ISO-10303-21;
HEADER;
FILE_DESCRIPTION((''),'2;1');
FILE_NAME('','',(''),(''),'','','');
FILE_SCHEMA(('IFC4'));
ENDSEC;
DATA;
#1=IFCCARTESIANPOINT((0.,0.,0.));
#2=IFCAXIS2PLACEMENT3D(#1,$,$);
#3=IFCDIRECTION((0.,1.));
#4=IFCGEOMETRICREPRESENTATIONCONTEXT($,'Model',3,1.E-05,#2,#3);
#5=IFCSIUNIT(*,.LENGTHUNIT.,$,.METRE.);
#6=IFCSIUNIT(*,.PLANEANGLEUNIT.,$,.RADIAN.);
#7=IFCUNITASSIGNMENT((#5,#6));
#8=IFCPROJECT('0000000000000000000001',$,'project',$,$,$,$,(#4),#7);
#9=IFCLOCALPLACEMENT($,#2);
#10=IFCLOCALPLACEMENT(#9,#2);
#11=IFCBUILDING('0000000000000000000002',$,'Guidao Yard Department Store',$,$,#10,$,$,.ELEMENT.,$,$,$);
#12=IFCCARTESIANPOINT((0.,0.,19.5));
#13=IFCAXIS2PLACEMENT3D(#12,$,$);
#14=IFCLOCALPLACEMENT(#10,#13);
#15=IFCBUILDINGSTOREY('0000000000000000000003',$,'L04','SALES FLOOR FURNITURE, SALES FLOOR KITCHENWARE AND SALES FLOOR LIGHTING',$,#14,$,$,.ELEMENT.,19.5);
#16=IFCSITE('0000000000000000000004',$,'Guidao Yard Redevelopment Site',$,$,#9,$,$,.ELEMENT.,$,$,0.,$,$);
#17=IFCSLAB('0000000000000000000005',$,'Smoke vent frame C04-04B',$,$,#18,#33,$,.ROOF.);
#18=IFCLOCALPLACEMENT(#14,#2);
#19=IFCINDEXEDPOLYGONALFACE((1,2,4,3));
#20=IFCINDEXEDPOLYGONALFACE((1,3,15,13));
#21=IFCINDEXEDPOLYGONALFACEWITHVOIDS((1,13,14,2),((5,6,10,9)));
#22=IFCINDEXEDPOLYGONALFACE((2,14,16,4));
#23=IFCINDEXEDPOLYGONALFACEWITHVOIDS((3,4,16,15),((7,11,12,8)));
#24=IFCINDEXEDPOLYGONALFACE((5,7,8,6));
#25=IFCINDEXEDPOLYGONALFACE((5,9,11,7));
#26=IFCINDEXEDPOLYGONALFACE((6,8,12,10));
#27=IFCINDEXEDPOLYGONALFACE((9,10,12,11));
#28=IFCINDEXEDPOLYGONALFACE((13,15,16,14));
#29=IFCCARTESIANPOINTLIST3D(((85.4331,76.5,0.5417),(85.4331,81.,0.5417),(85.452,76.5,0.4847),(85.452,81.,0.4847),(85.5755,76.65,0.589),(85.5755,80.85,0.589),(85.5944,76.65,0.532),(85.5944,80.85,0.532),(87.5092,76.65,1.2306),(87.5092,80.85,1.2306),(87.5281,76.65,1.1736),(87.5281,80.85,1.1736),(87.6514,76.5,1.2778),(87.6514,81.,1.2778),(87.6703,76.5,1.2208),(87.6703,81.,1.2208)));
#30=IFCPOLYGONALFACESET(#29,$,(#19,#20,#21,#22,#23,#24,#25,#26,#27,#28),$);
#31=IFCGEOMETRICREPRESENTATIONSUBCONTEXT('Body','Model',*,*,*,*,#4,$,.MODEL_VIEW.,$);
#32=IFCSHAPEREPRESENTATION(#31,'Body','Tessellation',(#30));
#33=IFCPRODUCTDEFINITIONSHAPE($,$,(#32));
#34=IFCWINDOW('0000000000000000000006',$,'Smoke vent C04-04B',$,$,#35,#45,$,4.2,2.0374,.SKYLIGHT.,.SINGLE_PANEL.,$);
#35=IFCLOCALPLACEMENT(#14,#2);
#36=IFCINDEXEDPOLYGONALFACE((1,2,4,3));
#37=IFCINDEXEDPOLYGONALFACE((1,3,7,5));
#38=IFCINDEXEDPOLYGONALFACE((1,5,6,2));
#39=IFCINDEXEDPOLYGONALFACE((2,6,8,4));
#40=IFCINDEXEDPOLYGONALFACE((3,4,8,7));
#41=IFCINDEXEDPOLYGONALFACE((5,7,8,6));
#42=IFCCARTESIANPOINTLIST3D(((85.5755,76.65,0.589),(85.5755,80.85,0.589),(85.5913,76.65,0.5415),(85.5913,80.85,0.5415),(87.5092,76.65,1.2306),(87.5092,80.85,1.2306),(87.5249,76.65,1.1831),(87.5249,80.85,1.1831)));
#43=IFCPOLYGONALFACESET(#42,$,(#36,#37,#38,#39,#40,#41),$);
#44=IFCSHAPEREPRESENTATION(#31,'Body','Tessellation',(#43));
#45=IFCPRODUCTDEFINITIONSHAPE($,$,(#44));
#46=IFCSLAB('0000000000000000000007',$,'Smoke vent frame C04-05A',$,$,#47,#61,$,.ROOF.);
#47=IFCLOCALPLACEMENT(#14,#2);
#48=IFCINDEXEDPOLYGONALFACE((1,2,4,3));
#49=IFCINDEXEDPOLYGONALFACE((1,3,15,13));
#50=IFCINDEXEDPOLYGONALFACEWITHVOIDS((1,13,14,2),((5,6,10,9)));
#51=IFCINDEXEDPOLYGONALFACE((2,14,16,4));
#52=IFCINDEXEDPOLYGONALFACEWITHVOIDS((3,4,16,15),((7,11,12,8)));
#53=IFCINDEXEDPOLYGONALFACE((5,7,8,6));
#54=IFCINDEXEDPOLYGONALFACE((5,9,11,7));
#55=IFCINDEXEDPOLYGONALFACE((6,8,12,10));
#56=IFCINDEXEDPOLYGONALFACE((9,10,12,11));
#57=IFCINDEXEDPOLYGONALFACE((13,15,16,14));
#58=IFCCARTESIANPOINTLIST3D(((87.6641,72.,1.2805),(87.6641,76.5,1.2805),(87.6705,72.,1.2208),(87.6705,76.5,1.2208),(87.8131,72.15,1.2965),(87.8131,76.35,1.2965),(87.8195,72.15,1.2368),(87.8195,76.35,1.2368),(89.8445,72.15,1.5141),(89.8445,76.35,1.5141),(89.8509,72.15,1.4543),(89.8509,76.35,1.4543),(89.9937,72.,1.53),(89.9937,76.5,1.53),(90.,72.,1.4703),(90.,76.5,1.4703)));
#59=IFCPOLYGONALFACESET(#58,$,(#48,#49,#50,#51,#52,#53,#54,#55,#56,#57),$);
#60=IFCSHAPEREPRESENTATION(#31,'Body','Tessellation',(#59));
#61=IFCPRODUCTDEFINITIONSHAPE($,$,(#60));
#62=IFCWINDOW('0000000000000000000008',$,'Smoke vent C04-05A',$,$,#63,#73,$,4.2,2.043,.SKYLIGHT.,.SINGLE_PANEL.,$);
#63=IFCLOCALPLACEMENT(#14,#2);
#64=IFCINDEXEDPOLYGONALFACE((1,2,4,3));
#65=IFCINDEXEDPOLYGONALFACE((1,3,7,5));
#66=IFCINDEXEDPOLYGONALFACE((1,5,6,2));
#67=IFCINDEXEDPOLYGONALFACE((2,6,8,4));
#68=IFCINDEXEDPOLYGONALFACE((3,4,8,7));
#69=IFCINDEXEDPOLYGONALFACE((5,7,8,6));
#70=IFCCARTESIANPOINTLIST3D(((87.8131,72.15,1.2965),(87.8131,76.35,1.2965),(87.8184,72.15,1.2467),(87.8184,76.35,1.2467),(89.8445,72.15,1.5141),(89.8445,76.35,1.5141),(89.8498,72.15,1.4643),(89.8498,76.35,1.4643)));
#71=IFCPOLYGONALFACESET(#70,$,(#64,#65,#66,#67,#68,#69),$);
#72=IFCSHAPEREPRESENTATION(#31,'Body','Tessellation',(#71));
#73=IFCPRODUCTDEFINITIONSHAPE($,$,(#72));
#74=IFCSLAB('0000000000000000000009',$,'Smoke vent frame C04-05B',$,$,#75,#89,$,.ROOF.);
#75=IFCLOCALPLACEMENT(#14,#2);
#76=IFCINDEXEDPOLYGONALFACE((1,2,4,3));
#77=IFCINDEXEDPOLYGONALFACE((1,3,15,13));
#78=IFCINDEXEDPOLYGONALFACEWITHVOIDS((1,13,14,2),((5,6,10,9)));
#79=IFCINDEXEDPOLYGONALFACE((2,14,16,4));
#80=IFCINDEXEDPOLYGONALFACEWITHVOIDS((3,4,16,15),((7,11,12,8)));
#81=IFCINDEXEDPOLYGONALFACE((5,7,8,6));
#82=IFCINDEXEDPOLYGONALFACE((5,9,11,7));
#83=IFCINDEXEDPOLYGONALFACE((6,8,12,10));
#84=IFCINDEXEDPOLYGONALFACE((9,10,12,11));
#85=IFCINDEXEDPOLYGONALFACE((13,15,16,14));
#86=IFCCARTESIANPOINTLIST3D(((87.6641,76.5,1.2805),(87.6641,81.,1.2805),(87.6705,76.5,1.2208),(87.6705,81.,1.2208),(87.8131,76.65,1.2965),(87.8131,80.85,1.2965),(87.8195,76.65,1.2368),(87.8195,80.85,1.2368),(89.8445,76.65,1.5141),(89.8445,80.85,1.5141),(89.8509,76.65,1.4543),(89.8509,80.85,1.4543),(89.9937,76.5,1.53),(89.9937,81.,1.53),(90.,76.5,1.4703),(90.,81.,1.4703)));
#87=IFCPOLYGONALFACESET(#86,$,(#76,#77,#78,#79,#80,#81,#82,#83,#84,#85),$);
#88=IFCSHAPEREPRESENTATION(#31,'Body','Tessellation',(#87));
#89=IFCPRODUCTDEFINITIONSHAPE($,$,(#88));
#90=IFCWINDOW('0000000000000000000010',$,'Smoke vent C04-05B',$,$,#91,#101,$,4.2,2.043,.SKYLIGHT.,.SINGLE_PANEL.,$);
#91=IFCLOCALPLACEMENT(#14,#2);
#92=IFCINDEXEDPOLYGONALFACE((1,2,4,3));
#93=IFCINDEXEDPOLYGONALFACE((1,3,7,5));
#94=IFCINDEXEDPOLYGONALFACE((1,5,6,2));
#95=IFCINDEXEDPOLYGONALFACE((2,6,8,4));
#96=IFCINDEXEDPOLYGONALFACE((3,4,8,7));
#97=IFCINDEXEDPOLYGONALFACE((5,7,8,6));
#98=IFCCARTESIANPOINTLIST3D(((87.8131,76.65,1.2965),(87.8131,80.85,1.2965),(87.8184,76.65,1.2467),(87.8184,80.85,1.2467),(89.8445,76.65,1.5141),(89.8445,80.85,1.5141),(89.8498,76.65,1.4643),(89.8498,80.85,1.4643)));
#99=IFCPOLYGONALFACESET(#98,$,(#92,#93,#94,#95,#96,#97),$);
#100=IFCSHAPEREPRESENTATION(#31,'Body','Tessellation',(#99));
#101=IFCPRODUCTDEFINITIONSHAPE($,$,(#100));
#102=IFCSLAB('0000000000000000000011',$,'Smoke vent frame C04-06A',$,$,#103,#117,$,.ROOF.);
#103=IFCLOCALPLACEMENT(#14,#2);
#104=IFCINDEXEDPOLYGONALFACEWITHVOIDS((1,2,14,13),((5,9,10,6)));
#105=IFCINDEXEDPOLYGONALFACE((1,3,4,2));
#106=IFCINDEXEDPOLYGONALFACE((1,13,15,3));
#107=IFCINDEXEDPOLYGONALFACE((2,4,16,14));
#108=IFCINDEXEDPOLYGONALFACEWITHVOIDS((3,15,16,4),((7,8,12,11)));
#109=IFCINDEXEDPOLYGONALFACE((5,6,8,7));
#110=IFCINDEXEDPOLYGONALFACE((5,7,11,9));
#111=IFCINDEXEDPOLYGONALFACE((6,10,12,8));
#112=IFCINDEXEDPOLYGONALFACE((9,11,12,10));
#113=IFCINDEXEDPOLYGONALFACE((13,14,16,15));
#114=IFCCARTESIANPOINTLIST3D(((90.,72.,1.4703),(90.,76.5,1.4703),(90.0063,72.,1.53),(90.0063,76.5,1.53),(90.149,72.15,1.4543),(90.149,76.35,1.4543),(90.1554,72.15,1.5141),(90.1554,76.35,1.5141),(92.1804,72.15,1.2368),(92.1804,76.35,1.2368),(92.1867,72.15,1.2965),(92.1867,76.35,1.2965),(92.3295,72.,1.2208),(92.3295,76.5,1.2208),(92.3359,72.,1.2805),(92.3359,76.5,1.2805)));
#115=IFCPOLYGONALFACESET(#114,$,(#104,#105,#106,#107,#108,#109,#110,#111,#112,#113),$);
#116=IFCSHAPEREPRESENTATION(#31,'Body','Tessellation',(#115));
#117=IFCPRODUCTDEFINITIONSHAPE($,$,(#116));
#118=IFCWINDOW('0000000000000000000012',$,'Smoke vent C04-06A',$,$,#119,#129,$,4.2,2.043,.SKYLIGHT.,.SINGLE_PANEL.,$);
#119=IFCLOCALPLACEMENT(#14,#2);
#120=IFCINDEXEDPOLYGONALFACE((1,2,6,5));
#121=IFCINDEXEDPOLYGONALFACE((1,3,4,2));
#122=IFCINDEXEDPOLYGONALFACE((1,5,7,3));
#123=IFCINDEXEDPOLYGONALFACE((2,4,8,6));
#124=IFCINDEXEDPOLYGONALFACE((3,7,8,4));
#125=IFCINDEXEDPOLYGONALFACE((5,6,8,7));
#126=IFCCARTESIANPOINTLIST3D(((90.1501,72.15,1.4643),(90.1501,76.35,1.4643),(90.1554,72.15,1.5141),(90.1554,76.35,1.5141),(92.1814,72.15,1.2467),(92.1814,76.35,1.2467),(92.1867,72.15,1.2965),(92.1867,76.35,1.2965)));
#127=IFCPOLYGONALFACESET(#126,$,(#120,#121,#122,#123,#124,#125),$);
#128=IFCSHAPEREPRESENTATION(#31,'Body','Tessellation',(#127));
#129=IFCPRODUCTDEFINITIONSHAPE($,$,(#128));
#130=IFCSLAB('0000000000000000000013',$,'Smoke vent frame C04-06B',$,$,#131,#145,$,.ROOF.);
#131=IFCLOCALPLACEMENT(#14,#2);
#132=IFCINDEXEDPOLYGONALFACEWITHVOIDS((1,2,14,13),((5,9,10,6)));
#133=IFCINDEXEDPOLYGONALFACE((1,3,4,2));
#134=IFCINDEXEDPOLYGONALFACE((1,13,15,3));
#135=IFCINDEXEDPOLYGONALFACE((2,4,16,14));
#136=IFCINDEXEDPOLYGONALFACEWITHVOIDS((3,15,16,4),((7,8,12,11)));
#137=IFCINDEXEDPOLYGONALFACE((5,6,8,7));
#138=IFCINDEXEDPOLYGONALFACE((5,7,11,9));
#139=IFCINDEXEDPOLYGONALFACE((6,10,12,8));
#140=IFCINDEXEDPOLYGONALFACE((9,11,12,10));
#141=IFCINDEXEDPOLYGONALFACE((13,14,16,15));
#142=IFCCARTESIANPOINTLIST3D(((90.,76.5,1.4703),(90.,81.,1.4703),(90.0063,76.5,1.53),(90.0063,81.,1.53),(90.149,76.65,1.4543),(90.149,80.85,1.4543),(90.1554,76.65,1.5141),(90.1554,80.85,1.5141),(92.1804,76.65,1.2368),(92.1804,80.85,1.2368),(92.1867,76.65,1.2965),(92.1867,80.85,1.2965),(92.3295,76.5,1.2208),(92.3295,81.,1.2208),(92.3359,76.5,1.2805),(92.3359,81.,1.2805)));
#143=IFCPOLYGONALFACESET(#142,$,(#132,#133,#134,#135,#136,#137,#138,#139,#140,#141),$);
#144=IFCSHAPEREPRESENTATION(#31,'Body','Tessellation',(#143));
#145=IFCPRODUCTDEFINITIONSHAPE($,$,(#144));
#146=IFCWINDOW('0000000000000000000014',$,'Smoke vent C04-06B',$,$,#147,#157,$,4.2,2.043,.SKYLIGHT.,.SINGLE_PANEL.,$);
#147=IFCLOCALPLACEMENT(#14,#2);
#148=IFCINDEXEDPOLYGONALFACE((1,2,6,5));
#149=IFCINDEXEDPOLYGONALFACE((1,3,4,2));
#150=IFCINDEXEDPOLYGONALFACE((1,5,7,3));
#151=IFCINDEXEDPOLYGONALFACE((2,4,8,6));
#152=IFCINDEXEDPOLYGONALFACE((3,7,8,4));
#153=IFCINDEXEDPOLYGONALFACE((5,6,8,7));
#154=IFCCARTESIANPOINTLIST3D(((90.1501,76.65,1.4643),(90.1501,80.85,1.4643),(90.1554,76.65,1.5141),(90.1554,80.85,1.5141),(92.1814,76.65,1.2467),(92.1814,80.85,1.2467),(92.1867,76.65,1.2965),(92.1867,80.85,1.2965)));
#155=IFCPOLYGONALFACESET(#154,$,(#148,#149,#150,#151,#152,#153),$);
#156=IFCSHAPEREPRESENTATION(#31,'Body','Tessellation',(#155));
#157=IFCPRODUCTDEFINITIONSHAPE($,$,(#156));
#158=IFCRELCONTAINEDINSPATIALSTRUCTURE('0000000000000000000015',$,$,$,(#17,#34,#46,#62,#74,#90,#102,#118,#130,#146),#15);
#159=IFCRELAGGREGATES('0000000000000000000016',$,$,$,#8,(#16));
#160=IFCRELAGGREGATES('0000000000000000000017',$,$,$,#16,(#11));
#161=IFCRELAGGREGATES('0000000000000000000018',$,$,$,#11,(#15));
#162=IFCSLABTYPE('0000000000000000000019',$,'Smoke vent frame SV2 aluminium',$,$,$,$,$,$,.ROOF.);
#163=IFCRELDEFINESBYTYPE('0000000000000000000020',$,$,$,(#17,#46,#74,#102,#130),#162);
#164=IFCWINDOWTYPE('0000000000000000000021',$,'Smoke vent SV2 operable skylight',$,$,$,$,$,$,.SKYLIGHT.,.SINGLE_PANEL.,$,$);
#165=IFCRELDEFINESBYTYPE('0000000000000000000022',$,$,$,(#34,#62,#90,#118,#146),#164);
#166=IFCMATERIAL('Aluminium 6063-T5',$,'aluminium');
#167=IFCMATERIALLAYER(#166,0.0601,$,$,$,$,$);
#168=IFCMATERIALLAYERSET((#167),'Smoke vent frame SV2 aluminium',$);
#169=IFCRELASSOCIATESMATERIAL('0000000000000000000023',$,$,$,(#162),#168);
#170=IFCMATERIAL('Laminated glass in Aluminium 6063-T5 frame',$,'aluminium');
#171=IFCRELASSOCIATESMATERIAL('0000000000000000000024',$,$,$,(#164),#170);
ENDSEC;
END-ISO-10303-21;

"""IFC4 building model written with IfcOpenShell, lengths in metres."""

from ifc_helpers import new_model, si_unit, direction, frame, origin, origin_2d, place, context, subcontext, project, spatial, polyline, rectangle, outline, extrude, material, layer, layer_set, type_object, element, fill, save


model = new_model("IFC4")

# Units and contexts
model_context = context("Model", 3, precision=1e-05, world=origin(), true_north=direction((0.0, 1.0)))
body_context = subcontext(model_context, "Body", "Model", "MODEL_VIEW")
ifc_project = project(units=[si_unit("LENGTHUNIT", "METRE"), si_unit("PLANEANGLEUNIT", "RADIAN")], contexts=[model_context])

# Site, building, storey
site_placement = place(None, origin())
site = spatial("IfcSite", under=ifc_project, at=site_placement, Name="Guidao Yard Redevelopment Site", CompositionType="ELEMENT", RefElevation=0.0)
building_placement = place(site_placement, origin())
building = spatial("IfcBuilding", under=site, at=building_placement, Name="Guidao Yard Department Store", CompositionType="ELEMENT")
storey_placement = place(building_placement, frame((0.0, 0.0, 19.5)))
storey = spatial("IfcBuildingStorey", under=building, at=storey_placement, Name="L04", Description="SALES FLOOR FURNITURE, SALES FLOOR KITCHENWARE AND SALES FLOOR LIGHTING", CompositionType="ELEMENT", Elevation=19.5)

# Slabs, openings, windows
ifc_material_1 = material(Name="Aluminium 6063-T5", Category="aluminium")
ifc_layer = layer(ifc_material_1, 0.0601)
ifc_layer_set = layer_set([ifc_layer], Name="Smoke vent frame SV2 aluminium")
slab_type = type_object("IfcSlabType", Name="Smoke vent frame SV2 aluminium", PredefinedType="ROOF", material=ifc_layer_set)
slab_1_placement = place(storey_placement, frame((85.4331, 76.5, 0.5417), z_axis=(-0.314943, 0.0, 0.949111), x_axis=(0.949111, 0.0, 0.314943)))
slab_1 = element("IfcSlab", 1, at=slab_1_placement, inside=storey, type_object=slab_type, Name="Smoke vent frame C04-04B", PredefinedType="ROOF", context=body_context, shape_type="SweptSolid", body=[
    extrude(outline(polyline([(0.0, 0.0), (2.3372, 0.0), (2.3372, 4.5), (0.0, 4.5), (0.0, 0.0)])), origin(), (0.0, 0.0, -1.0), 0.0601),
])
opening_1_placement = place(slab_1_placement, frame((1.1687, 2.25, 0.0)))
opening_1 = element("IfcOpeningElement", 2, at=opening_1_placement, cuts=slab_1, PredefinedType="OPENING", context=body_context, shape_type="SweptSolid", body=[
    extrude(rectangle(XDim=2.0374, YDim=4.2, at=origin_2d()), frame((0.0, 0.0, 0.01)), (0.0, 0.0, -1.0), 0.0801),
])
ifc_material_2 = material(Name="Laminated glass in Aluminium 6063-T5 frame", Category="aluminium")
window_type = type_object("IfcWindowType", Name="Smoke vent SV2 operable skylight", PartitioningType="SINGLE_PANEL", PredefinedType="SKYLIGHT", material=ifc_material_2)
window_1_placement = place(opening_1_placement, frame((0.0, 0.0, -0.05)))
window_1 = element("IfcWindow", 3, at=window_1_placement, inside=storey, type_object=window_type, Name="Smoke vent C04-04B", OverallHeight=4.2, OverallWidth=2.0374, PartitioningType="SINGLE_PANEL", PredefinedType="SKYLIGHT", context=body_context, shape_type="SweptSolid", body=[
    extrude(rectangle(XDim=2.0374, YDim=4.2, at=origin_2d()), origin(), (0.0, 0.0, 1.0), 0.05),
])
fill(opening_1, window_1)
slab_2_placement = place(storey_placement, frame((87.6641, 72.0, 1.2805), z_axis=(-0.106496, 0.0, 0.994313), x_axis=(0.994313, 0.0, 0.106496)))
slab_2 = element("IfcSlab", 4, at=slab_2_placement, inside=storey, type_object=slab_type, Name="Smoke vent frame C04-05A", PredefinedType="ROOF", context=body_context, shape_type="SweptSolid", body=[
    extrude(outline(polyline([(0.0, 0.0), (2.3429, 0.0), (2.3429, 4.5), (0.0, 4.5), (0.0, 0.0)])), origin(), (0.0, 0.0, -1.0), 0.0601),
])
opening_2_placement = place(slab_2_placement, frame((1.1714, 2.25, 0.0)))
opening_2 = element("IfcOpeningElement", 5, at=opening_2_placement, cuts=slab_2, PredefinedType="OPENING", context=body_context, shape_type="SweptSolid", body=[
    extrude(rectangle(XDim=2.043, YDim=4.2, at=origin_2d()), frame((0.0, 0.0, 0.01)), (0.0, 0.0, -1.0), 0.0801),
])
window_2_placement = place(opening_2_placement, frame((0.0, 0.0, -0.05)))
window_2 = element("IfcWindow", 6, at=window_2_placement, inside=storey, type_object=window_type, Name="Smoke vent C04-05A", OverallHeight=4.2, OverallWidth=2.043, PartitioningType="SINGLE_PANEL", PredefinedType="SKYLIGHT", context=body_context, shape_type="SweptSolid", body=[
    extrude(rectangle(XDim=2.043, YDim=4.2, at=origin_2d()), origin(), (0.0, 0.0, 1.0), 0.05),
])
fill(opening_2, window_2)
slab_3_placement = place(storey_placement, frame((87.6641, 76.5, 1.2805), z_axis=(-0.106496, 0.0, 0.994313), x_axis=(0.994313, 0.0, 0.106496)))
slab_3 = element("IfcSlab", 7, at=slab_3_placement, inside=storey, type_object=slab_type, Name="Smoke vent frame C04-05B", PredefinedType="ROOF", context=body_context, shape_type="SweptSolid", body=[
    extrude(outline(polyline([(0.0, 0.0), (2.3429, 0.0), (2.3429, 4.5), (0.0, 4.5), (0.0, 0.0)])), origin(), (0.0, 0.0, -1.0), 0.0601),
])
opening_3_placement = place(slab_3_placement, frame((1.1714, 2.25, 0.0)))
opening_3 = element("IfcOpeningElement", 8, at=opening_3_placement, cuts=slab_3, PredefinedType="OPENING", context=body_context, shape_type="SweptSolid", body=[
    extrude(rectangle(XDim=2.043, YDim=4.2, at=origin_2d()), frame((0.0, 0.0, 0.01)), (0.0, 0.0, -1.0), 0.0801),
])
window_3_placement = place(opening_3_placement, frame((0.0, 0.0, -0.05)))
window_3 = element("IfcWindow", 9, at=window_3_placement, inside=storey, type_object=window_type, Name="Smoke vent C04-05B", OverallHeight=4.2, OverallWidth=2.043, PartitioningType="SINGLE_PANEL", PredefinedType="SKYLIGHT", context=body_context, shape_type="SweptSolid", body=[
    extrude(rectangle(XDim=2.043, YDim=4.2, at=origin_2d()), origin(), (0.0, 0.0, 1.0), 0.05),
])
fill(opening_3, window_3)
slab_4_placement = place(storey_placement, frame((90.0063, 72.0, 1.53), z_axis=(0.106496, 0.0, 0.994313), x_axis=(0.994313, 0.0, -0.106496)))
slab_4 = element("IfcSlab", 10, at=slab_4_placement, inside=storey, type_object=slab_type, Name="Smoke vent frame C04-06A", PredefinedType="ROOF", context=body_context, shape_type="SweptSolid", body=[
    extrude(outline(polyline([(0.0, 0.0), (2.3429, 0.0), (2.3429, 4.5), (0.0, 4.5), (0.0, 0.0)])), origin(), (0.0, 0.0, -1.0), 0.0601),
])
opening_4_placement = place(slab_4_placement, frame((1.1714, 2.25, 0.0)))
opening_4 = element("IfcOpeningElement", 11, at=opening_4_placement, cuts=slab_4, PredefinedType="OPENING", context=body_context, shape_type="SweptSolid", body=[
    extrude(rectangle(XDim=2.043, YDim=4.2, at=origin_2d()), frame((0.0, 0.0, 0.01)), (0.0, 0.0, -1.0), 0.0801),
])
window_4_placement = place(opening_4_placement, frame((0.0, 0.0, -0.05)))
window_4 = element("IfcWindow", 12, at=window_4_placement, inside=storey, type_object=window_type, Name="Smoke vent C04-06A", OverallHeight=4.2, OverallWidth=2.043, PartitioningType="SINGLE_PANEL", PredefinedType="SKYLIGHT", context=body_context, shape_type="SweptSolid", body=[
    extrude(rectangle(XDim=2.043, YDim=4.2, at=origin_2d()), origin(), (0.0, 0.0, 1.0), 0.05),
])
fill(opening_4, window_4)
slab_5_placement = place(storey_placement, frame((90.0063, 76.5, 1.53), z_axis=(0.106496, 0.0, 0.994313), x_axis=(0.994313, 0.0, -0.106496)))
slab_5 = element("IfcSlab", 13, at=slab_5_placement, inside=storey, type_object=slab_type, Name="Smoke vent frame C04-06B", PredefinedType="ROOF", context=body_context, shape_type="SweptSolid", body=[
    extrude(outline(polyline([(0.0, 0.0), (2.3429, 0.0), (2.3429, 4.5), (0.0, 4.5), (0.0, 0.0)])), origin(), (0.0, 0.0, -1.0), 0.0601),
])
opening_5_placement = place(slab_5_placement, frame((1.1714, 2.25, 0.0)))
opening_5 = element("IfcOpeningElement", 14, at=opening_5_placement, cuts=slab_5, PredefinedType="OPENING", context=body_context, shape_type="SweptSolid", body=[
    extrude(rectangle(XDim=2.043, YDim=4.2, at=origin_2d()), frame((0.0, 0.0, 0.01)), (0.0, 0.0, -1.0), 0.0801),
])
window_5_placement = place(opening_5_placement, frame((0.0, 0.0, -0.05)))
window_5 = element("IfcWindow", 15, at=window_5_placement, inside=storey, type_object=window_type, Name="Smoke vent C04-06B", OverallHeight=4.2, OverallWidth=2.043, PartitioningType="SINGLE_PANEL", PredefinedType="SKYLIGHT", context=body_context, shape_type="SweptSolid", body=[
    extrude(rectangle(XDim=2.043, YDim=4.2, at=origin_2d()), origin(), (0.0, 0.0, 1.0), 0.05),
])
fill(opening_5, window_5)

save(model, "model.ifc")
